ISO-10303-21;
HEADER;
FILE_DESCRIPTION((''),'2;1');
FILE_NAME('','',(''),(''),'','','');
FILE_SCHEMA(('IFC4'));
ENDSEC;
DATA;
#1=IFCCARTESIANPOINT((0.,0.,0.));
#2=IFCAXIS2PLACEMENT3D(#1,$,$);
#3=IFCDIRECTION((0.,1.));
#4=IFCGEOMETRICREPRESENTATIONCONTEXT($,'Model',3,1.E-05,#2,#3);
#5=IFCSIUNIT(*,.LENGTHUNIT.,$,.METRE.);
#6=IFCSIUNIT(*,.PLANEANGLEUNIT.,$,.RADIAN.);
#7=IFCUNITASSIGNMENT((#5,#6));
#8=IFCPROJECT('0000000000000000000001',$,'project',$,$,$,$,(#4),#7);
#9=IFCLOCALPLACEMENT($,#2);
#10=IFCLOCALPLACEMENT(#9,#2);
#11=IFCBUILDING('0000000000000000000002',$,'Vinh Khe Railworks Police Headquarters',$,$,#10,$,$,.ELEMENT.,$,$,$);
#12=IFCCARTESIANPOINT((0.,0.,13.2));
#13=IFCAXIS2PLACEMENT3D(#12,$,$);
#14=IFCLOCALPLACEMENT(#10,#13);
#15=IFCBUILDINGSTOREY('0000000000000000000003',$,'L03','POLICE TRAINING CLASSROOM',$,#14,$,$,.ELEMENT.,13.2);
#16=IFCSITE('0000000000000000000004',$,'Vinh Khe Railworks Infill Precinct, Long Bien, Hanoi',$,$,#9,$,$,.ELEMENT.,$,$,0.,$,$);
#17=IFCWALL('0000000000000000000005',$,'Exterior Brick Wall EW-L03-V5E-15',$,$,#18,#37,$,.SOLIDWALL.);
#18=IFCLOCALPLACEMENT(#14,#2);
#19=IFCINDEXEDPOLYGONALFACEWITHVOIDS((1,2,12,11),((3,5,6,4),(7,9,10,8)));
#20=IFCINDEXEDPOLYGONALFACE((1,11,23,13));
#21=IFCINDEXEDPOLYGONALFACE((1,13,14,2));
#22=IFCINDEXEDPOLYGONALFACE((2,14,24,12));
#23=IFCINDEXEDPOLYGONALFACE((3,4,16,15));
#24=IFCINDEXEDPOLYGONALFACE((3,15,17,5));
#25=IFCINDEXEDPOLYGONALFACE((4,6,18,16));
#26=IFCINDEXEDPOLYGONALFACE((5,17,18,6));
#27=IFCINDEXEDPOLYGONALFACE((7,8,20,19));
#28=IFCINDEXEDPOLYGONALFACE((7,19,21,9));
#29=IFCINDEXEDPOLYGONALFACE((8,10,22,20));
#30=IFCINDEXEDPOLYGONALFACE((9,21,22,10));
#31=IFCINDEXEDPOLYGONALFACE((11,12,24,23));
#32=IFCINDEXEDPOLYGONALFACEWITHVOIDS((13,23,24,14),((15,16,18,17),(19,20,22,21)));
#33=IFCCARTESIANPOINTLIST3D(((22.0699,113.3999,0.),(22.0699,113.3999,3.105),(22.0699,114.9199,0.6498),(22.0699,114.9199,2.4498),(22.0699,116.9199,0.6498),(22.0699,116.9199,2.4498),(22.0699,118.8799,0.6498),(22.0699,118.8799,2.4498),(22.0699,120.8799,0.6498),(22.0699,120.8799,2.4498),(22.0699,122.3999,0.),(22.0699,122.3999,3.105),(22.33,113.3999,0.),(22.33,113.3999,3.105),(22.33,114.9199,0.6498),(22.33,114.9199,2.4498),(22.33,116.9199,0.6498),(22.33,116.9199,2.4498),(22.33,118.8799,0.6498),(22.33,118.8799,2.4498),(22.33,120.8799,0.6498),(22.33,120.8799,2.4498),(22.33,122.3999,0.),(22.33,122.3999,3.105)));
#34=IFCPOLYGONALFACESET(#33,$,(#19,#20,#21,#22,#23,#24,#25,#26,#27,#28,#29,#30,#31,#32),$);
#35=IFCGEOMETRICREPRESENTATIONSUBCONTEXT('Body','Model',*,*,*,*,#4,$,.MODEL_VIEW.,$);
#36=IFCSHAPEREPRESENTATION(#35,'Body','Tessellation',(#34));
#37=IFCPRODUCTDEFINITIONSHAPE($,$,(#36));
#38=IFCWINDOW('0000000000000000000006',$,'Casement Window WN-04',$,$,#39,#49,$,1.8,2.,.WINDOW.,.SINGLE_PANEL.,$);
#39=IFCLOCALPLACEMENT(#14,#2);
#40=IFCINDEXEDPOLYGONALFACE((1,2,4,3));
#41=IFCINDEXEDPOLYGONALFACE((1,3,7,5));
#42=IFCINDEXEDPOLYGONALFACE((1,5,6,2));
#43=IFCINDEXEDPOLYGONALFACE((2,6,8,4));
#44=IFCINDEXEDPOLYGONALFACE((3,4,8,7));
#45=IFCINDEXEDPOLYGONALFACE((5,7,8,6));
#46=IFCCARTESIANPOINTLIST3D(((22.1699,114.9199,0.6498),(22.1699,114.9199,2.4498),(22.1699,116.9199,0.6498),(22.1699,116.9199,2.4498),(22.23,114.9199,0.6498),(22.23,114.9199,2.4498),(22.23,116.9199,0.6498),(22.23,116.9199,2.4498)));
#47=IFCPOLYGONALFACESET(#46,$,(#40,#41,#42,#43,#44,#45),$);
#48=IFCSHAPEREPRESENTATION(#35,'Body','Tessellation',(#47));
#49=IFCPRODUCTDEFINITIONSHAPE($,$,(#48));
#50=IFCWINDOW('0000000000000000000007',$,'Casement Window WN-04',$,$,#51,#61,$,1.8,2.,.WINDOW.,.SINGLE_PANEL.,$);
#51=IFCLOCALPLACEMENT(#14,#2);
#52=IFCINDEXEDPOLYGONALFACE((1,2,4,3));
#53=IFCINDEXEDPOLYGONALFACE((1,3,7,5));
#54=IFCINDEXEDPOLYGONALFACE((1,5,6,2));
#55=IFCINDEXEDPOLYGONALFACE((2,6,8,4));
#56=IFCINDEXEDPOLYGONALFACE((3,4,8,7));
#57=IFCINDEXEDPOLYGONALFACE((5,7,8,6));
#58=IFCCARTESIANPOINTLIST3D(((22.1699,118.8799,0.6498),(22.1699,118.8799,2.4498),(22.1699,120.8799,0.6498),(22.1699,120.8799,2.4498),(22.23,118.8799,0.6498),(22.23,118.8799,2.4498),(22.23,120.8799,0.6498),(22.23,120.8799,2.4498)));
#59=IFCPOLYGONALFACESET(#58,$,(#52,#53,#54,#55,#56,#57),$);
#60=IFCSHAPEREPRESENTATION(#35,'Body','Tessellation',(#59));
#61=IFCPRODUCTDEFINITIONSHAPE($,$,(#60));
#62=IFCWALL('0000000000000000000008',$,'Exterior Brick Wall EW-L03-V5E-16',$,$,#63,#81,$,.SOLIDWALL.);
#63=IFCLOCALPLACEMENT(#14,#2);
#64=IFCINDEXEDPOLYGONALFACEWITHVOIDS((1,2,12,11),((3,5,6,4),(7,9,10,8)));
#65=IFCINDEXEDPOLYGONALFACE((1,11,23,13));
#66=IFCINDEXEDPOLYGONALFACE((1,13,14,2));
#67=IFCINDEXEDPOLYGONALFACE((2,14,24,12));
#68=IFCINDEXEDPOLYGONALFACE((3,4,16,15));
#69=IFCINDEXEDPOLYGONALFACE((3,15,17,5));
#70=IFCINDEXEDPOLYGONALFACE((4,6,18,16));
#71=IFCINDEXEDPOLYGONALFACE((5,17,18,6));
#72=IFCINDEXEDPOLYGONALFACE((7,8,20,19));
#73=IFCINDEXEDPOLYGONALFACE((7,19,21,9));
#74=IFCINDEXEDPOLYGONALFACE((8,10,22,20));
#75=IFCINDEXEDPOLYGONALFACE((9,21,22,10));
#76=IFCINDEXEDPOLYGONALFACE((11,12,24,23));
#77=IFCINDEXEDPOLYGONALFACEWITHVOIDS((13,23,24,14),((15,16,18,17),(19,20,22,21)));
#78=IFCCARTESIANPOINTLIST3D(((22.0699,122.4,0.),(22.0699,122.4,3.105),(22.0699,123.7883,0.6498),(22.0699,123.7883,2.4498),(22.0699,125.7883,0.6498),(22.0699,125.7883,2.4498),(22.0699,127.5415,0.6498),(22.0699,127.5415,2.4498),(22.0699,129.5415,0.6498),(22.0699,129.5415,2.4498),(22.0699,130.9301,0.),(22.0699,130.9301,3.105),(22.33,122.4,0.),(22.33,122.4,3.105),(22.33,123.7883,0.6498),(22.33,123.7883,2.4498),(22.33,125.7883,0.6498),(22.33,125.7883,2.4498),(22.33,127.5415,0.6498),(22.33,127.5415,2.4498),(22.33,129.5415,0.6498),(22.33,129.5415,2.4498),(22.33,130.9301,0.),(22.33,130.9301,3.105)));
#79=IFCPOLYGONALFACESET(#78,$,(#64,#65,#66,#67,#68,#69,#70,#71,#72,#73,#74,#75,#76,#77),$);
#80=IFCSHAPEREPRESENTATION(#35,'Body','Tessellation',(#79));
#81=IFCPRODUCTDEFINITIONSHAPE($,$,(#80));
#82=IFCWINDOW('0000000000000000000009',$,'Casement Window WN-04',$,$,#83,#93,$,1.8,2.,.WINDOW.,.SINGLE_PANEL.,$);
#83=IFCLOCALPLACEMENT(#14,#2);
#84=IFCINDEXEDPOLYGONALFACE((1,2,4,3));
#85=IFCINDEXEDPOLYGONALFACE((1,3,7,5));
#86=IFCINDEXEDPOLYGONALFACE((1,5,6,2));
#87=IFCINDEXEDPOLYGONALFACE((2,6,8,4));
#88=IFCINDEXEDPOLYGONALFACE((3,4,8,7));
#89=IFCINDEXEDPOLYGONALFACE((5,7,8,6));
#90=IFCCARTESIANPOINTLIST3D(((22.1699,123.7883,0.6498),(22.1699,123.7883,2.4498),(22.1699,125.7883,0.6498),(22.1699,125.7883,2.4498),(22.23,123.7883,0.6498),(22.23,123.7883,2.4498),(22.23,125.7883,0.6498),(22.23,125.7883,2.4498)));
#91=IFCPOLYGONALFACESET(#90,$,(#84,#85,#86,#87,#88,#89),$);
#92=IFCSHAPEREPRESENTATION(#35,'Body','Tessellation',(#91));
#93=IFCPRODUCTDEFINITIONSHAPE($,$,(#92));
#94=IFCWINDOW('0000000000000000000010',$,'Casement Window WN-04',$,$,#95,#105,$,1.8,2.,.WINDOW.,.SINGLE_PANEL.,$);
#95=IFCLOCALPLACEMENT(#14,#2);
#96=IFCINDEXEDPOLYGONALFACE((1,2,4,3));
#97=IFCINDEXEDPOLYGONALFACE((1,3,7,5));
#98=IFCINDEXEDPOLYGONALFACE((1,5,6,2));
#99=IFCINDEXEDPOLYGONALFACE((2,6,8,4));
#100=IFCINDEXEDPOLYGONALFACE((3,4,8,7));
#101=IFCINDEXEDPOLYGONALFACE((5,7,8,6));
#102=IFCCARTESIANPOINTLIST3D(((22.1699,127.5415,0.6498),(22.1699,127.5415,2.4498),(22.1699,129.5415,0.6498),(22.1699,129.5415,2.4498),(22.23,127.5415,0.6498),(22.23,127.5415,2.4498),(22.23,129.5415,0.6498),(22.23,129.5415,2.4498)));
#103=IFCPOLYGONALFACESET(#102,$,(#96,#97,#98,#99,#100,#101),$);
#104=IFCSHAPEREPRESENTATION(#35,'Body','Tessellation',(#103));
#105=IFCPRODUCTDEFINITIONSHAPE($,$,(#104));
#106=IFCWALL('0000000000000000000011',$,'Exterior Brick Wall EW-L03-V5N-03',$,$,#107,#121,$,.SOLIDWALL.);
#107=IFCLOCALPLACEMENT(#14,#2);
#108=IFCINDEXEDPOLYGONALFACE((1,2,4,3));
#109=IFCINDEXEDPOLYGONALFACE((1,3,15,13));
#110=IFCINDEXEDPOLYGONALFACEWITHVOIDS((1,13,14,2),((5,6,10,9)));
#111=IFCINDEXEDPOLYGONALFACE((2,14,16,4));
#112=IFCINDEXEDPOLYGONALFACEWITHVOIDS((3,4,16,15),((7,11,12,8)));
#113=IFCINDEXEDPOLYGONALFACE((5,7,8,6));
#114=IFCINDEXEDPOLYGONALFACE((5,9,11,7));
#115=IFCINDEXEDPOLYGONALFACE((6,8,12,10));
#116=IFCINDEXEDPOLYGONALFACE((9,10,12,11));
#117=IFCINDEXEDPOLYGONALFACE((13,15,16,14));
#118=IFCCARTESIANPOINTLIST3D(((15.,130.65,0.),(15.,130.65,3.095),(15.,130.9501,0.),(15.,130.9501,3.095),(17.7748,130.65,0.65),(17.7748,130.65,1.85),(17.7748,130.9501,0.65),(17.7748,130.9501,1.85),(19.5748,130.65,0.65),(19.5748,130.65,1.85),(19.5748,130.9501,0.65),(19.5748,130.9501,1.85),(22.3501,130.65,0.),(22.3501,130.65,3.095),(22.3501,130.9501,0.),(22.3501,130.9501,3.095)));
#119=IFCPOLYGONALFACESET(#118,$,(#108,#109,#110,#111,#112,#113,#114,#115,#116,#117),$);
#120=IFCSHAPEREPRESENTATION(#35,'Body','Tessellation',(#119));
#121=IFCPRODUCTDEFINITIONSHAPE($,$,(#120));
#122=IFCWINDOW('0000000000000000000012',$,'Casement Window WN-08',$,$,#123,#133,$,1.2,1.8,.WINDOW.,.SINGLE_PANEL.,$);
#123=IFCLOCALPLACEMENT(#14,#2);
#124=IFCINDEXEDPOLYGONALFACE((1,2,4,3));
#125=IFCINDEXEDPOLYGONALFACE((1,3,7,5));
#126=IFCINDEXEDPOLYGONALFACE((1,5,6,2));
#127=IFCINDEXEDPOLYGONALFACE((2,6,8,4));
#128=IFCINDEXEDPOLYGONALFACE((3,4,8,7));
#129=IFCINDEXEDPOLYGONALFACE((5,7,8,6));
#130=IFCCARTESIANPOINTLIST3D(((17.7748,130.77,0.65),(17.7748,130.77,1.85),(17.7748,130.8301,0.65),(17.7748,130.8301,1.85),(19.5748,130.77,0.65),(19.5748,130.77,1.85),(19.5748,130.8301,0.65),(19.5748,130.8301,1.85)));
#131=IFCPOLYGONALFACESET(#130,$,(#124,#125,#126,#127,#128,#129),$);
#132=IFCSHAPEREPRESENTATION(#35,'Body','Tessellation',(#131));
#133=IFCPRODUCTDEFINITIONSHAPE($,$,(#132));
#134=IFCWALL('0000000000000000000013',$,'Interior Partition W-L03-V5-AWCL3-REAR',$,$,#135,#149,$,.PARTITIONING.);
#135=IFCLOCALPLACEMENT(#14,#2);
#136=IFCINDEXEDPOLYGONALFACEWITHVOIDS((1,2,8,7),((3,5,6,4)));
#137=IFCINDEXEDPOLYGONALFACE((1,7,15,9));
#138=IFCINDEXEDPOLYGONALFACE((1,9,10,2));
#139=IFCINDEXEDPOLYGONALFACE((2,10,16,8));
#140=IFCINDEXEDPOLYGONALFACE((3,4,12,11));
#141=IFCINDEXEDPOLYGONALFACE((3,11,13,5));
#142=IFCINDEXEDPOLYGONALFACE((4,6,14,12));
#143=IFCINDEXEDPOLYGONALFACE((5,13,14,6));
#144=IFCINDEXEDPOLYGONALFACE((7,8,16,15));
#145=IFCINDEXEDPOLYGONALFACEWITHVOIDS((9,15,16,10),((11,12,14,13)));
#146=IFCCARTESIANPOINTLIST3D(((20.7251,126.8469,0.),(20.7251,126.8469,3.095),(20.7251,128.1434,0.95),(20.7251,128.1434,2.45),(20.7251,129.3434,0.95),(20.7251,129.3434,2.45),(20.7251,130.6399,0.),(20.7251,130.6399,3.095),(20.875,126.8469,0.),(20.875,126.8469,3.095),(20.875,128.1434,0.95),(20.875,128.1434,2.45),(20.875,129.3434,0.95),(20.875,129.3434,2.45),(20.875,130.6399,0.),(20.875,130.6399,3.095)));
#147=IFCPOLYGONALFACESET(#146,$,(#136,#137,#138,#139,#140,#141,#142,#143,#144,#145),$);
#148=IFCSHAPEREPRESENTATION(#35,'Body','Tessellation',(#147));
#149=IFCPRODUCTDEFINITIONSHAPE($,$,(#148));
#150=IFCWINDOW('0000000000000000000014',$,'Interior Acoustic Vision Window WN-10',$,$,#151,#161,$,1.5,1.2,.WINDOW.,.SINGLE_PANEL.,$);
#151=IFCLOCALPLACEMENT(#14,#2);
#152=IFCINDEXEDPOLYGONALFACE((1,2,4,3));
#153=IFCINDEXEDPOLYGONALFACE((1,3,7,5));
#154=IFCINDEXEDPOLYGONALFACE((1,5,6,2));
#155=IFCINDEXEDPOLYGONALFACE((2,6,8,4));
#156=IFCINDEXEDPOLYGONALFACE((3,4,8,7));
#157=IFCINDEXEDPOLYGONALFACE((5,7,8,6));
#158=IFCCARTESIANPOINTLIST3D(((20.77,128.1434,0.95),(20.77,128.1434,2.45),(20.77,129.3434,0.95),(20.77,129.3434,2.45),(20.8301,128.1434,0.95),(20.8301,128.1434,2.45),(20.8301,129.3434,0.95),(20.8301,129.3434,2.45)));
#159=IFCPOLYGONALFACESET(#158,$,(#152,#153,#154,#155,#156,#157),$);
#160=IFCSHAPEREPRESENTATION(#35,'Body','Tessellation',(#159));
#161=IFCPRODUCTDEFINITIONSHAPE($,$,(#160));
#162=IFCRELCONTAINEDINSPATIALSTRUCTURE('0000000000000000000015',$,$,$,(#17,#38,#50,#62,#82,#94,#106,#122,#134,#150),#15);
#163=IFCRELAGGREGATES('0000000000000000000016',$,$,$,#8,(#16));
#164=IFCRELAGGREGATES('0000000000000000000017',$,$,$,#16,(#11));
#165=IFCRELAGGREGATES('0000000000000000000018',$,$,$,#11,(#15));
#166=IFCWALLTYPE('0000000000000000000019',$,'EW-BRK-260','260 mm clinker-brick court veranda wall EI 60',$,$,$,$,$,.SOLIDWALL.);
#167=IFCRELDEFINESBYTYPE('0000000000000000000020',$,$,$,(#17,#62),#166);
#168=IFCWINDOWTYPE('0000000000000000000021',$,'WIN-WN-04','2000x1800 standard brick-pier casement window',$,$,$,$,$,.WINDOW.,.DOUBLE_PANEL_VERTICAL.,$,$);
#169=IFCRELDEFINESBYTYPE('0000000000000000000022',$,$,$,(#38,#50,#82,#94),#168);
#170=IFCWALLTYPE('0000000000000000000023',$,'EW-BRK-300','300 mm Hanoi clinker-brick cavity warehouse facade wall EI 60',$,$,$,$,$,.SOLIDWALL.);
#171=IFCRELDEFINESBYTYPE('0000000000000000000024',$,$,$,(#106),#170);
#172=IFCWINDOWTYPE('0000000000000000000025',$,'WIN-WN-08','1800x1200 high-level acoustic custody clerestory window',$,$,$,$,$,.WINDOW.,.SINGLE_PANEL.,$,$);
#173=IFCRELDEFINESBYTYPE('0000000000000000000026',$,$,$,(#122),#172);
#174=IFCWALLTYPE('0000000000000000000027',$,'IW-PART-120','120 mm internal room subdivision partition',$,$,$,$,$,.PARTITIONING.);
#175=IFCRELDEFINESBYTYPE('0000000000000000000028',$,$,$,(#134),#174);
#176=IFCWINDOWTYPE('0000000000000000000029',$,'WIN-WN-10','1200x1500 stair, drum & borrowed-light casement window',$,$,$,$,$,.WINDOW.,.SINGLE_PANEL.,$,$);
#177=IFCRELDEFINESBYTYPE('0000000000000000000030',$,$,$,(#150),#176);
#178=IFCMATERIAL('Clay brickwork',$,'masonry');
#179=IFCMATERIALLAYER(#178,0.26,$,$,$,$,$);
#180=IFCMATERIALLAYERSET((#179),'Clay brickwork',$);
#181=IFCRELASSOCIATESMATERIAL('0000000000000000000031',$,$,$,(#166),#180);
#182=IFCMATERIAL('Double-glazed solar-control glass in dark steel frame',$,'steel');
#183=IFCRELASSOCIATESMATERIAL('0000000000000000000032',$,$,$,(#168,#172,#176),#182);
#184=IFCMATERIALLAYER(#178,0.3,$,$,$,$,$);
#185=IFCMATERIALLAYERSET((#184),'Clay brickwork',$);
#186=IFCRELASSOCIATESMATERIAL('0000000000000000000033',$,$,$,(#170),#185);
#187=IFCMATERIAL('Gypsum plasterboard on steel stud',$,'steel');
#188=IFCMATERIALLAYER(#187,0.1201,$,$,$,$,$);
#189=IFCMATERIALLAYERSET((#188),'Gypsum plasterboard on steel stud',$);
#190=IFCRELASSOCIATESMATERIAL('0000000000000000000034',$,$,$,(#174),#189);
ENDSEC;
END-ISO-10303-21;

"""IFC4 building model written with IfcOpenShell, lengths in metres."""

from ifc_helpers import new_model, si_unit, direction, frame, frame_2d, origin, place, context, subcontext, project, spatial, rectangle, extrude, material, layer, layer_set, type_object, element, fill, save


model = new_model("IFC4")

# Units and contexts
model_context = context("Model", 3, precision=1e-05, world=origin(), true_north=direction((0.0, 1.0)))
body_context = subcontext(model_context, "Body", "Model", "MODEL_VIEW")
ifc_project = project(units=[si_unit("LENGTHUNIT", "METRE"), si_unit("PLANEANGLEUNIT", "RADIAN")], contexts=[model_context])

# Site, building, storey
site_placement = place(None, origin())
site = spatial("IfcSite", under=ifc_project, at=site_placement, Name="Vinh Khe Railworks Infill Precinct, Long Bien, Hanoi", CompositionType="ELEMENT", RefElevation=0.0)
building_placement = place(site_placement, origin())
building = spatial("IfcBuilding", under=site, at=building_placement, Name="Vinh Khe Railworks Police Headquarters", CompositionType="ELEMENT")
storey_placement = place(building_placement, frame((0.0, 0.0, 13.2)))
storey = spatial("IfcBuildingStorey", under=building, at=storey_placement, Name="L03", Description="POLICE TRAINING CLASSROOM", CompositionType="ELEMENT", Elevation=13.2)

# Walls, openings, windows
ifc_material_1 = material(Name="Clay brickwork", Category="masonry")
ifc_layer_1 = layer(ifc_material_1, 0.26)
ifc_layer_set_1 = layer_set([ifc_layer_1], Name="Clay brickwork")
wall_type_1 = type_object("IfcWallType", Name="EW-BRK-260", Description="260 mm clinker-brick court veranda wall EI 60", PredefinedType="SOLIDWALL", material=ifc_layer_set_1)
wall_1_placement = place(storey_placement, frame((22.2, 113.3999, 0.0), z_axis=(0.0, 0.0, 1.0), x_axis=(0.0, 1.0, 0.0)))
wall_1 = element("IfcWall", 1, at=wall_1_placement, inside=storey, type_object=wall_type_1, Name="Exterior Brick Wall EW-L03-V5E-15", PredefinedType="SOLIDWALL", context=body_context, shape_type="SweptSolid", body=[
    extrude(rectangle(XDim=9.0, YDim=0.26, at=frame_2d((4.5, 0.0))), origin(), (0.0, 0.0, 1.0), 3.105),
])
opening_1_placement = place(wall_1_placement, frame((1.52, 0.0, 0.6499)))
opening_1 = element("IfcOpeningElement", 2, at=opening_1_placement, cuts=wall_1, PredefinedType="OPENING", context=body_context, shape_type="SweptSolid", body=[
    extrude(rectangle(XDim=2.0, YDim=1.8, at=frame_2d((1.0, 0.8999))), frame((0.0, 0.145, 0.0), z_axis=(0.0, -1.0, 0.0), x_axis=(1.0, 0.0, 0.0)), (0.0, 0.0, 1.0), 0.2898),
])
opening_2_placement = place(wall_1_placement, frame((5.48, 0.0, 0.6499)))
opening_2 = element("IfcOpeningElement", 3, at=opening_2_placement, cuts=wall_1, PredefinedType="OPENING", context=body_context, shape_type="SweptSolid", body=[
    extrude(rectangle(XDim=2.0, YDim=1.8, at=frame_2d((1.0, 0.8999))), frame((0.0, 0.145, 0.0), z_axis=(0.0, -1.0, 0.0), x_axis=(1.0, 0.0, 0.0)), (0.0, 0.0, 1.0), 0.2898),
])
ifc_material_2 = material(Name="Double-glazed solar-control glass in dark steel frame", Category="steel")
window_type_1 = type_object("IfcWindowType", Name="WIN-WN-04", Description="2000x1800 standard brick-pier casement window", PartitioningType="DOUBLE_PANEL_VERTICAL", PredefinedType="WINDOW", material=ifc_material_2)
window_1_placement = place(opening_1_placement, origin())
window_1 = element("IfcWindow", 4, at=window_1_placement, inside=storey, type_object=window_type_1, Name="Casement Window WN-04", OverallHeight=1.8, OverallWidth=2.0, PartitioningType="SINGLE_PANEL", PredefinedType="WINDOW", context=body_context, shape_type="SweptSolid", body=[
    extrude(rectangle(XDim=2.0, YDim=1.8, at=frame_2d((1.0, 0.8999))), frame((0.0, 0.03, 0.0), z_axis=(0.0, -1.0, 0.0), x_axis=(1.0, 0.0, 0.0)), (0.0, 0.0, 1.0), 0.0601),
])
fill(opening_1, window_1)
window_2_placement = place(opening_2_placement, origin())
window_2 = element("IfcWindow", 5, at=window_2_placement, inside=storey, type_object=window_type_1, Name="Casement Window WN-04", OverallHeight=1.8, OverallWidth=2.0, PartitioningType="SINGLE_PANEL", PredefinedType="WINDOW", context=body_context, shape_type="SweptSolid", body=[
    extrude(rectangle(XDim=2.0, YDim=1.8, at=frame_2d((1.0, 0.8999))), frame((0.0, 0.03, 0.0), z_axis=(0.0, -1.0, 0.0), x_axis=(1.0, 0.0, 0.0)), (0.0, 0.0, 1.0), 0.0601),
])
fill(opening_2, window_2)
wall_2_placement = place(storey_placement, frame((22.2, 122.3999, 0.0), z_axis=(0.0, 0.0, 1.0), x_axis=(0.0, 1.0, 0.0)))
wall_2 = element("IfcWall", 6, at=wall_2_placement, inside=storey, type_object=wall_type_1, Name="Exterior Brick Wall EW-L03-V5E-16", PredefinedType="SOLIDWALL", context=body_context, shape_type="SweptSolid", body=[
    extrude(rectangle(XDim=8.53, YDim=0.26, at=frame_2d((4.2651, 0.0))), origin(), (0.0, 0.0, 1.0), 3.105),
])
opening_3_placement = place(wall_2_placement, frame((1.3884, 0.0, 0.6499)))
opening_3 = element("IfcOpeningElement", 7, at=opening_3_placement, cuts=wall_2, PredefinedType="OPENING", context=body_context, shape_type="SweptSolid", body=[
    extrude(rectangle(XDim=2.0, YDim=1.8, at=frame_2d((1.0, 0.8999))), frame((0.0, 0.145, 0.0), z_axis=(0.0, -1.0, 0.0), x_axis=(1.0, 0.0, 0.0)), (0.0, 0.0, 1.0), 0.2898),
])
opening_4_placement = place(wall_2_placement, frame((5.1416, 0.0, 0.6499)))
opening_4 = element("IfcOpeningElement", 8, at=opening_4_placement, cuts=wall_2, PredefinedType="OPENING", context=body_context, shape_type="SweptSolid", body=[
    extrude(rectangle(XDim=2.0, YDim=1.8, at=frame_2d((1.0, 0.8999))), frame((0.0, 0.145, 0.0), z_axis=(0.0, -1.0, 0.0), x_axis=(1.0, 0.0, 0.0)), (0.0, 0.0, 1.0), 0.2898),
])
window_3_placement = place(opening_3_placement, origin())
window_3 = element("IfcWindow", 9, at=window_3_placement, inside=storey, type_object=window_type_1, Name="Casement Window WN-04", OverallHeight=1.8, OverallWidth=2.0, PartitioningType="SINGLE_PANEL", PredefinedType="WINDOW", context=body_context, shape_type="SweptSolid", body=[
    extrude(rectangle(XDim=2.0, YDim=1.8, at=frame_2d((1.0, 0.8999))), frame((0.0, 0.03, 0.0), z_axis=(0.0, -1.0, 0.0), x_axis=(1.0, 0.0, 0.0)), (0.0, 0.0, 1.0), 0.0601),
])
fill(opening_3, window_3)
window_4_placement = place(opening_4_placement, origin())
window_4 = element("IfcWindow", 10, at=window_4_placement, inside=storey, type_object=window_type_1, Name="Casement Window WN-04", OverallHeight=1.8, OverallWidth=2.0, PartitioningType="SINGLE_PANEL", PredefinedType="WINDOW", context=body_context, shape_type="SweptSolid", body=[
    extrude(rectangle(XDim=2.0, YDim=1.8, at=frame_2d((1.0, 0.8999))), frame((0.0, 0.03, 0.0), z_axis=(0.0, -1.0, 0.0), x_axis=(1.0, 0.0, 0.0)), (0.0, 0.0, 1.0), 0.0601),
])
fill(opening_4, window_4)

# Walls, openings, windows
ifc_layer_2 = layer(ifc_material_1, 0.3)
ifc_layer_set_2 = layer_set([ifc_layer_2], Name="Clay brickwork")
wall_type_2 = type_object("IfcWallType", Name="EW-BRK-300", Description="300 mm Hanoi clinker-brick cavity warehouse facade wall EI 60", PredefinedType="SOLIDWALL", material=ifc_layer_set_2)
wall_3_placement = place(storey_placement, frame((15.0, 130.8, 0.0), z_axis=(0.0, 0.0, 1.0), x_axis=(1.0, 0.0, 0.0)))
wall_3 = element("IfcWall", 11, at=wall_3_placement, inside=storey, type_object=wall_type_2, Name="Exterior Brick Wall EW-L03-V5N-03", PredefinedType="SOLIDWALL", context=body_context, shape_type="SweptSolid", body=[
    extrude(rectangle(XDim=7.3501, YDim=0.3, at=frame_2d((3.675, 0.0))), origin(), (0.0, 0.0, 1.0), 3.095),
])
opening_5_placement = place(wall_3_placement, frame((2.7749, 0.0, 0.6499)))
opening_5 = element("IfcOpeningElement", 12, at=opening_5_placement, cuts=wall_3, PredefinedType="OPENING", context=body_context, shape_type="SweptSolid", body=[
    extrude(rectangle(XDim=1.8, YDim=1.2, at=frame_2d((0.8999, 0.6001))), frame((0.0, 0.165, 0.0), z_axis=(0.0, -1.0, 0.0), x_axis=(1.0, 0.0, 0.0)), (0.0, 0.0, 1.0), 0.3298),
])
window_type_2 = type_object("IfcWindowType", Name="WIN-WN-08", Description="1800x1200 high-level acoustic custody clerestory window", PartitioningType="SINGLE_PANEL", PredefinedType="WINDOW", material=ifc_material_2)
window_5_placement = place(opening_5_placement, origin())
window_5 = element("IfcWindow", 13, at=window_5_placement, inside=storey, type_object=window_type_2, Name="Casement Window WN-08", OverallHeight=1.2, OverallWidth=1.8, PartitioningType="SINGLE_PANEL", PredefinedType="WINDOW", context=body_context, shape_type="SweptSolid", body=[
    extrude(rectangle(XDim=1.8, YDim=1.2, at=frame_2d((0.8999, 0.6001))), frame((0.0, 0.03, 0.0), z_axis=(0.0, -1.0, 0.0), x_axis=(1.0, 0.0, 0.0)), (0.0, 0.0, 1.0), 0.0601),
])
fill(opening_5, window_5)
ifc_material_3 = material(Name="Gypsum plasterboard on steel stud", Category="steel")
ifc_layer_3 = layer(ifc_material_3, 0.1201)
ifc_layer_set_3 = layer_set([ifc_layer_3], Name="Gypsum plasterboard on steel stud")
wall_type_3 = type_object("IfcWallType", Name="IW-PART-120", Description="120 mm internal room subdivision partition", PredefinedType="PARTITIONING", material=ifc_layer_set_3)
wall_4_placement = place(storey_placement, frame((20.8, 126.8469, 0.0), z_axis=(0.0, 0.0, 1.0), x_axis=(0.0, 1.0, 0.0)))
wall_4 = element("IfcWall", 14, at=wall_4_placement, inside=storey, type_object=wall_type_3, Name="Interior Partition W-L03-V5-AWCL3-REAR", PredefinedType="PARTITIONING", context=body_context, shape_type="SweptSolid", body=[
    extrude(rectangle(XDim=3.793, YDim=0.1499, at=frame_2d((1.8965, 0.0))), origin(), (0.0, 0.0, 1.0), 3.095),
])
opening_6_placement = place(wall_4_placement, frame((1.2964, 0.0, 0.95)))
opening_6 = element("IfcOpeningElement", 15, at=opening_6_placement, cuts=wall_4, PredefinedType="OPENING", context=body_context, shape_type="SweptSolid", body=[
    extrude(rectangle(XDim=1.2, YDim=1.5, at=frame_2d((0.6001, 0.75))), frame((0.0, 0.0898, 0.0), z_axis=(0.0, -1.0, 0.0), x_axis=(1.0, 0.0, 0.0)), (0.0, 0.0, 1.0), 0.1797),
])
window_type_3 = type_object("IfcWindowType", Name="WIN-WN-10", Description="1200x1500 stair, drum & borrowed-light casement window", PartitioningType="SINGLE_PANEL", PredefinedType="WINDOW", material=ifc_material_2)
window_6_placement = place(opening_6_placement, origin())
window_6 = element("IfcWindow", 16, at=window_6_placement, inside=storey, type_object=window_type_3, Name="Interior Acoustic Vision Window WN-10", OverallHeight=1.5, OverallWidth=1.2, PartitioningType="SINGLE_PANEL", PredefinedType="WINDOW", context=body_context, shape_type="SweptSolid", body=[
    extrude(rectangle(XDim=1.2, YDim=1.5, at=frame_2d((0.6001, 0.75))), frame((0.0, 0.03, 0.0), z_axis=(0.0, -1.0, 0.0), x_axis=(1.0, 0.0, 0.0)), (0.0, 0.0, 1.0), 0.0601),
])
fill(opening_6, window_6)

save(model, "model.ifc")
